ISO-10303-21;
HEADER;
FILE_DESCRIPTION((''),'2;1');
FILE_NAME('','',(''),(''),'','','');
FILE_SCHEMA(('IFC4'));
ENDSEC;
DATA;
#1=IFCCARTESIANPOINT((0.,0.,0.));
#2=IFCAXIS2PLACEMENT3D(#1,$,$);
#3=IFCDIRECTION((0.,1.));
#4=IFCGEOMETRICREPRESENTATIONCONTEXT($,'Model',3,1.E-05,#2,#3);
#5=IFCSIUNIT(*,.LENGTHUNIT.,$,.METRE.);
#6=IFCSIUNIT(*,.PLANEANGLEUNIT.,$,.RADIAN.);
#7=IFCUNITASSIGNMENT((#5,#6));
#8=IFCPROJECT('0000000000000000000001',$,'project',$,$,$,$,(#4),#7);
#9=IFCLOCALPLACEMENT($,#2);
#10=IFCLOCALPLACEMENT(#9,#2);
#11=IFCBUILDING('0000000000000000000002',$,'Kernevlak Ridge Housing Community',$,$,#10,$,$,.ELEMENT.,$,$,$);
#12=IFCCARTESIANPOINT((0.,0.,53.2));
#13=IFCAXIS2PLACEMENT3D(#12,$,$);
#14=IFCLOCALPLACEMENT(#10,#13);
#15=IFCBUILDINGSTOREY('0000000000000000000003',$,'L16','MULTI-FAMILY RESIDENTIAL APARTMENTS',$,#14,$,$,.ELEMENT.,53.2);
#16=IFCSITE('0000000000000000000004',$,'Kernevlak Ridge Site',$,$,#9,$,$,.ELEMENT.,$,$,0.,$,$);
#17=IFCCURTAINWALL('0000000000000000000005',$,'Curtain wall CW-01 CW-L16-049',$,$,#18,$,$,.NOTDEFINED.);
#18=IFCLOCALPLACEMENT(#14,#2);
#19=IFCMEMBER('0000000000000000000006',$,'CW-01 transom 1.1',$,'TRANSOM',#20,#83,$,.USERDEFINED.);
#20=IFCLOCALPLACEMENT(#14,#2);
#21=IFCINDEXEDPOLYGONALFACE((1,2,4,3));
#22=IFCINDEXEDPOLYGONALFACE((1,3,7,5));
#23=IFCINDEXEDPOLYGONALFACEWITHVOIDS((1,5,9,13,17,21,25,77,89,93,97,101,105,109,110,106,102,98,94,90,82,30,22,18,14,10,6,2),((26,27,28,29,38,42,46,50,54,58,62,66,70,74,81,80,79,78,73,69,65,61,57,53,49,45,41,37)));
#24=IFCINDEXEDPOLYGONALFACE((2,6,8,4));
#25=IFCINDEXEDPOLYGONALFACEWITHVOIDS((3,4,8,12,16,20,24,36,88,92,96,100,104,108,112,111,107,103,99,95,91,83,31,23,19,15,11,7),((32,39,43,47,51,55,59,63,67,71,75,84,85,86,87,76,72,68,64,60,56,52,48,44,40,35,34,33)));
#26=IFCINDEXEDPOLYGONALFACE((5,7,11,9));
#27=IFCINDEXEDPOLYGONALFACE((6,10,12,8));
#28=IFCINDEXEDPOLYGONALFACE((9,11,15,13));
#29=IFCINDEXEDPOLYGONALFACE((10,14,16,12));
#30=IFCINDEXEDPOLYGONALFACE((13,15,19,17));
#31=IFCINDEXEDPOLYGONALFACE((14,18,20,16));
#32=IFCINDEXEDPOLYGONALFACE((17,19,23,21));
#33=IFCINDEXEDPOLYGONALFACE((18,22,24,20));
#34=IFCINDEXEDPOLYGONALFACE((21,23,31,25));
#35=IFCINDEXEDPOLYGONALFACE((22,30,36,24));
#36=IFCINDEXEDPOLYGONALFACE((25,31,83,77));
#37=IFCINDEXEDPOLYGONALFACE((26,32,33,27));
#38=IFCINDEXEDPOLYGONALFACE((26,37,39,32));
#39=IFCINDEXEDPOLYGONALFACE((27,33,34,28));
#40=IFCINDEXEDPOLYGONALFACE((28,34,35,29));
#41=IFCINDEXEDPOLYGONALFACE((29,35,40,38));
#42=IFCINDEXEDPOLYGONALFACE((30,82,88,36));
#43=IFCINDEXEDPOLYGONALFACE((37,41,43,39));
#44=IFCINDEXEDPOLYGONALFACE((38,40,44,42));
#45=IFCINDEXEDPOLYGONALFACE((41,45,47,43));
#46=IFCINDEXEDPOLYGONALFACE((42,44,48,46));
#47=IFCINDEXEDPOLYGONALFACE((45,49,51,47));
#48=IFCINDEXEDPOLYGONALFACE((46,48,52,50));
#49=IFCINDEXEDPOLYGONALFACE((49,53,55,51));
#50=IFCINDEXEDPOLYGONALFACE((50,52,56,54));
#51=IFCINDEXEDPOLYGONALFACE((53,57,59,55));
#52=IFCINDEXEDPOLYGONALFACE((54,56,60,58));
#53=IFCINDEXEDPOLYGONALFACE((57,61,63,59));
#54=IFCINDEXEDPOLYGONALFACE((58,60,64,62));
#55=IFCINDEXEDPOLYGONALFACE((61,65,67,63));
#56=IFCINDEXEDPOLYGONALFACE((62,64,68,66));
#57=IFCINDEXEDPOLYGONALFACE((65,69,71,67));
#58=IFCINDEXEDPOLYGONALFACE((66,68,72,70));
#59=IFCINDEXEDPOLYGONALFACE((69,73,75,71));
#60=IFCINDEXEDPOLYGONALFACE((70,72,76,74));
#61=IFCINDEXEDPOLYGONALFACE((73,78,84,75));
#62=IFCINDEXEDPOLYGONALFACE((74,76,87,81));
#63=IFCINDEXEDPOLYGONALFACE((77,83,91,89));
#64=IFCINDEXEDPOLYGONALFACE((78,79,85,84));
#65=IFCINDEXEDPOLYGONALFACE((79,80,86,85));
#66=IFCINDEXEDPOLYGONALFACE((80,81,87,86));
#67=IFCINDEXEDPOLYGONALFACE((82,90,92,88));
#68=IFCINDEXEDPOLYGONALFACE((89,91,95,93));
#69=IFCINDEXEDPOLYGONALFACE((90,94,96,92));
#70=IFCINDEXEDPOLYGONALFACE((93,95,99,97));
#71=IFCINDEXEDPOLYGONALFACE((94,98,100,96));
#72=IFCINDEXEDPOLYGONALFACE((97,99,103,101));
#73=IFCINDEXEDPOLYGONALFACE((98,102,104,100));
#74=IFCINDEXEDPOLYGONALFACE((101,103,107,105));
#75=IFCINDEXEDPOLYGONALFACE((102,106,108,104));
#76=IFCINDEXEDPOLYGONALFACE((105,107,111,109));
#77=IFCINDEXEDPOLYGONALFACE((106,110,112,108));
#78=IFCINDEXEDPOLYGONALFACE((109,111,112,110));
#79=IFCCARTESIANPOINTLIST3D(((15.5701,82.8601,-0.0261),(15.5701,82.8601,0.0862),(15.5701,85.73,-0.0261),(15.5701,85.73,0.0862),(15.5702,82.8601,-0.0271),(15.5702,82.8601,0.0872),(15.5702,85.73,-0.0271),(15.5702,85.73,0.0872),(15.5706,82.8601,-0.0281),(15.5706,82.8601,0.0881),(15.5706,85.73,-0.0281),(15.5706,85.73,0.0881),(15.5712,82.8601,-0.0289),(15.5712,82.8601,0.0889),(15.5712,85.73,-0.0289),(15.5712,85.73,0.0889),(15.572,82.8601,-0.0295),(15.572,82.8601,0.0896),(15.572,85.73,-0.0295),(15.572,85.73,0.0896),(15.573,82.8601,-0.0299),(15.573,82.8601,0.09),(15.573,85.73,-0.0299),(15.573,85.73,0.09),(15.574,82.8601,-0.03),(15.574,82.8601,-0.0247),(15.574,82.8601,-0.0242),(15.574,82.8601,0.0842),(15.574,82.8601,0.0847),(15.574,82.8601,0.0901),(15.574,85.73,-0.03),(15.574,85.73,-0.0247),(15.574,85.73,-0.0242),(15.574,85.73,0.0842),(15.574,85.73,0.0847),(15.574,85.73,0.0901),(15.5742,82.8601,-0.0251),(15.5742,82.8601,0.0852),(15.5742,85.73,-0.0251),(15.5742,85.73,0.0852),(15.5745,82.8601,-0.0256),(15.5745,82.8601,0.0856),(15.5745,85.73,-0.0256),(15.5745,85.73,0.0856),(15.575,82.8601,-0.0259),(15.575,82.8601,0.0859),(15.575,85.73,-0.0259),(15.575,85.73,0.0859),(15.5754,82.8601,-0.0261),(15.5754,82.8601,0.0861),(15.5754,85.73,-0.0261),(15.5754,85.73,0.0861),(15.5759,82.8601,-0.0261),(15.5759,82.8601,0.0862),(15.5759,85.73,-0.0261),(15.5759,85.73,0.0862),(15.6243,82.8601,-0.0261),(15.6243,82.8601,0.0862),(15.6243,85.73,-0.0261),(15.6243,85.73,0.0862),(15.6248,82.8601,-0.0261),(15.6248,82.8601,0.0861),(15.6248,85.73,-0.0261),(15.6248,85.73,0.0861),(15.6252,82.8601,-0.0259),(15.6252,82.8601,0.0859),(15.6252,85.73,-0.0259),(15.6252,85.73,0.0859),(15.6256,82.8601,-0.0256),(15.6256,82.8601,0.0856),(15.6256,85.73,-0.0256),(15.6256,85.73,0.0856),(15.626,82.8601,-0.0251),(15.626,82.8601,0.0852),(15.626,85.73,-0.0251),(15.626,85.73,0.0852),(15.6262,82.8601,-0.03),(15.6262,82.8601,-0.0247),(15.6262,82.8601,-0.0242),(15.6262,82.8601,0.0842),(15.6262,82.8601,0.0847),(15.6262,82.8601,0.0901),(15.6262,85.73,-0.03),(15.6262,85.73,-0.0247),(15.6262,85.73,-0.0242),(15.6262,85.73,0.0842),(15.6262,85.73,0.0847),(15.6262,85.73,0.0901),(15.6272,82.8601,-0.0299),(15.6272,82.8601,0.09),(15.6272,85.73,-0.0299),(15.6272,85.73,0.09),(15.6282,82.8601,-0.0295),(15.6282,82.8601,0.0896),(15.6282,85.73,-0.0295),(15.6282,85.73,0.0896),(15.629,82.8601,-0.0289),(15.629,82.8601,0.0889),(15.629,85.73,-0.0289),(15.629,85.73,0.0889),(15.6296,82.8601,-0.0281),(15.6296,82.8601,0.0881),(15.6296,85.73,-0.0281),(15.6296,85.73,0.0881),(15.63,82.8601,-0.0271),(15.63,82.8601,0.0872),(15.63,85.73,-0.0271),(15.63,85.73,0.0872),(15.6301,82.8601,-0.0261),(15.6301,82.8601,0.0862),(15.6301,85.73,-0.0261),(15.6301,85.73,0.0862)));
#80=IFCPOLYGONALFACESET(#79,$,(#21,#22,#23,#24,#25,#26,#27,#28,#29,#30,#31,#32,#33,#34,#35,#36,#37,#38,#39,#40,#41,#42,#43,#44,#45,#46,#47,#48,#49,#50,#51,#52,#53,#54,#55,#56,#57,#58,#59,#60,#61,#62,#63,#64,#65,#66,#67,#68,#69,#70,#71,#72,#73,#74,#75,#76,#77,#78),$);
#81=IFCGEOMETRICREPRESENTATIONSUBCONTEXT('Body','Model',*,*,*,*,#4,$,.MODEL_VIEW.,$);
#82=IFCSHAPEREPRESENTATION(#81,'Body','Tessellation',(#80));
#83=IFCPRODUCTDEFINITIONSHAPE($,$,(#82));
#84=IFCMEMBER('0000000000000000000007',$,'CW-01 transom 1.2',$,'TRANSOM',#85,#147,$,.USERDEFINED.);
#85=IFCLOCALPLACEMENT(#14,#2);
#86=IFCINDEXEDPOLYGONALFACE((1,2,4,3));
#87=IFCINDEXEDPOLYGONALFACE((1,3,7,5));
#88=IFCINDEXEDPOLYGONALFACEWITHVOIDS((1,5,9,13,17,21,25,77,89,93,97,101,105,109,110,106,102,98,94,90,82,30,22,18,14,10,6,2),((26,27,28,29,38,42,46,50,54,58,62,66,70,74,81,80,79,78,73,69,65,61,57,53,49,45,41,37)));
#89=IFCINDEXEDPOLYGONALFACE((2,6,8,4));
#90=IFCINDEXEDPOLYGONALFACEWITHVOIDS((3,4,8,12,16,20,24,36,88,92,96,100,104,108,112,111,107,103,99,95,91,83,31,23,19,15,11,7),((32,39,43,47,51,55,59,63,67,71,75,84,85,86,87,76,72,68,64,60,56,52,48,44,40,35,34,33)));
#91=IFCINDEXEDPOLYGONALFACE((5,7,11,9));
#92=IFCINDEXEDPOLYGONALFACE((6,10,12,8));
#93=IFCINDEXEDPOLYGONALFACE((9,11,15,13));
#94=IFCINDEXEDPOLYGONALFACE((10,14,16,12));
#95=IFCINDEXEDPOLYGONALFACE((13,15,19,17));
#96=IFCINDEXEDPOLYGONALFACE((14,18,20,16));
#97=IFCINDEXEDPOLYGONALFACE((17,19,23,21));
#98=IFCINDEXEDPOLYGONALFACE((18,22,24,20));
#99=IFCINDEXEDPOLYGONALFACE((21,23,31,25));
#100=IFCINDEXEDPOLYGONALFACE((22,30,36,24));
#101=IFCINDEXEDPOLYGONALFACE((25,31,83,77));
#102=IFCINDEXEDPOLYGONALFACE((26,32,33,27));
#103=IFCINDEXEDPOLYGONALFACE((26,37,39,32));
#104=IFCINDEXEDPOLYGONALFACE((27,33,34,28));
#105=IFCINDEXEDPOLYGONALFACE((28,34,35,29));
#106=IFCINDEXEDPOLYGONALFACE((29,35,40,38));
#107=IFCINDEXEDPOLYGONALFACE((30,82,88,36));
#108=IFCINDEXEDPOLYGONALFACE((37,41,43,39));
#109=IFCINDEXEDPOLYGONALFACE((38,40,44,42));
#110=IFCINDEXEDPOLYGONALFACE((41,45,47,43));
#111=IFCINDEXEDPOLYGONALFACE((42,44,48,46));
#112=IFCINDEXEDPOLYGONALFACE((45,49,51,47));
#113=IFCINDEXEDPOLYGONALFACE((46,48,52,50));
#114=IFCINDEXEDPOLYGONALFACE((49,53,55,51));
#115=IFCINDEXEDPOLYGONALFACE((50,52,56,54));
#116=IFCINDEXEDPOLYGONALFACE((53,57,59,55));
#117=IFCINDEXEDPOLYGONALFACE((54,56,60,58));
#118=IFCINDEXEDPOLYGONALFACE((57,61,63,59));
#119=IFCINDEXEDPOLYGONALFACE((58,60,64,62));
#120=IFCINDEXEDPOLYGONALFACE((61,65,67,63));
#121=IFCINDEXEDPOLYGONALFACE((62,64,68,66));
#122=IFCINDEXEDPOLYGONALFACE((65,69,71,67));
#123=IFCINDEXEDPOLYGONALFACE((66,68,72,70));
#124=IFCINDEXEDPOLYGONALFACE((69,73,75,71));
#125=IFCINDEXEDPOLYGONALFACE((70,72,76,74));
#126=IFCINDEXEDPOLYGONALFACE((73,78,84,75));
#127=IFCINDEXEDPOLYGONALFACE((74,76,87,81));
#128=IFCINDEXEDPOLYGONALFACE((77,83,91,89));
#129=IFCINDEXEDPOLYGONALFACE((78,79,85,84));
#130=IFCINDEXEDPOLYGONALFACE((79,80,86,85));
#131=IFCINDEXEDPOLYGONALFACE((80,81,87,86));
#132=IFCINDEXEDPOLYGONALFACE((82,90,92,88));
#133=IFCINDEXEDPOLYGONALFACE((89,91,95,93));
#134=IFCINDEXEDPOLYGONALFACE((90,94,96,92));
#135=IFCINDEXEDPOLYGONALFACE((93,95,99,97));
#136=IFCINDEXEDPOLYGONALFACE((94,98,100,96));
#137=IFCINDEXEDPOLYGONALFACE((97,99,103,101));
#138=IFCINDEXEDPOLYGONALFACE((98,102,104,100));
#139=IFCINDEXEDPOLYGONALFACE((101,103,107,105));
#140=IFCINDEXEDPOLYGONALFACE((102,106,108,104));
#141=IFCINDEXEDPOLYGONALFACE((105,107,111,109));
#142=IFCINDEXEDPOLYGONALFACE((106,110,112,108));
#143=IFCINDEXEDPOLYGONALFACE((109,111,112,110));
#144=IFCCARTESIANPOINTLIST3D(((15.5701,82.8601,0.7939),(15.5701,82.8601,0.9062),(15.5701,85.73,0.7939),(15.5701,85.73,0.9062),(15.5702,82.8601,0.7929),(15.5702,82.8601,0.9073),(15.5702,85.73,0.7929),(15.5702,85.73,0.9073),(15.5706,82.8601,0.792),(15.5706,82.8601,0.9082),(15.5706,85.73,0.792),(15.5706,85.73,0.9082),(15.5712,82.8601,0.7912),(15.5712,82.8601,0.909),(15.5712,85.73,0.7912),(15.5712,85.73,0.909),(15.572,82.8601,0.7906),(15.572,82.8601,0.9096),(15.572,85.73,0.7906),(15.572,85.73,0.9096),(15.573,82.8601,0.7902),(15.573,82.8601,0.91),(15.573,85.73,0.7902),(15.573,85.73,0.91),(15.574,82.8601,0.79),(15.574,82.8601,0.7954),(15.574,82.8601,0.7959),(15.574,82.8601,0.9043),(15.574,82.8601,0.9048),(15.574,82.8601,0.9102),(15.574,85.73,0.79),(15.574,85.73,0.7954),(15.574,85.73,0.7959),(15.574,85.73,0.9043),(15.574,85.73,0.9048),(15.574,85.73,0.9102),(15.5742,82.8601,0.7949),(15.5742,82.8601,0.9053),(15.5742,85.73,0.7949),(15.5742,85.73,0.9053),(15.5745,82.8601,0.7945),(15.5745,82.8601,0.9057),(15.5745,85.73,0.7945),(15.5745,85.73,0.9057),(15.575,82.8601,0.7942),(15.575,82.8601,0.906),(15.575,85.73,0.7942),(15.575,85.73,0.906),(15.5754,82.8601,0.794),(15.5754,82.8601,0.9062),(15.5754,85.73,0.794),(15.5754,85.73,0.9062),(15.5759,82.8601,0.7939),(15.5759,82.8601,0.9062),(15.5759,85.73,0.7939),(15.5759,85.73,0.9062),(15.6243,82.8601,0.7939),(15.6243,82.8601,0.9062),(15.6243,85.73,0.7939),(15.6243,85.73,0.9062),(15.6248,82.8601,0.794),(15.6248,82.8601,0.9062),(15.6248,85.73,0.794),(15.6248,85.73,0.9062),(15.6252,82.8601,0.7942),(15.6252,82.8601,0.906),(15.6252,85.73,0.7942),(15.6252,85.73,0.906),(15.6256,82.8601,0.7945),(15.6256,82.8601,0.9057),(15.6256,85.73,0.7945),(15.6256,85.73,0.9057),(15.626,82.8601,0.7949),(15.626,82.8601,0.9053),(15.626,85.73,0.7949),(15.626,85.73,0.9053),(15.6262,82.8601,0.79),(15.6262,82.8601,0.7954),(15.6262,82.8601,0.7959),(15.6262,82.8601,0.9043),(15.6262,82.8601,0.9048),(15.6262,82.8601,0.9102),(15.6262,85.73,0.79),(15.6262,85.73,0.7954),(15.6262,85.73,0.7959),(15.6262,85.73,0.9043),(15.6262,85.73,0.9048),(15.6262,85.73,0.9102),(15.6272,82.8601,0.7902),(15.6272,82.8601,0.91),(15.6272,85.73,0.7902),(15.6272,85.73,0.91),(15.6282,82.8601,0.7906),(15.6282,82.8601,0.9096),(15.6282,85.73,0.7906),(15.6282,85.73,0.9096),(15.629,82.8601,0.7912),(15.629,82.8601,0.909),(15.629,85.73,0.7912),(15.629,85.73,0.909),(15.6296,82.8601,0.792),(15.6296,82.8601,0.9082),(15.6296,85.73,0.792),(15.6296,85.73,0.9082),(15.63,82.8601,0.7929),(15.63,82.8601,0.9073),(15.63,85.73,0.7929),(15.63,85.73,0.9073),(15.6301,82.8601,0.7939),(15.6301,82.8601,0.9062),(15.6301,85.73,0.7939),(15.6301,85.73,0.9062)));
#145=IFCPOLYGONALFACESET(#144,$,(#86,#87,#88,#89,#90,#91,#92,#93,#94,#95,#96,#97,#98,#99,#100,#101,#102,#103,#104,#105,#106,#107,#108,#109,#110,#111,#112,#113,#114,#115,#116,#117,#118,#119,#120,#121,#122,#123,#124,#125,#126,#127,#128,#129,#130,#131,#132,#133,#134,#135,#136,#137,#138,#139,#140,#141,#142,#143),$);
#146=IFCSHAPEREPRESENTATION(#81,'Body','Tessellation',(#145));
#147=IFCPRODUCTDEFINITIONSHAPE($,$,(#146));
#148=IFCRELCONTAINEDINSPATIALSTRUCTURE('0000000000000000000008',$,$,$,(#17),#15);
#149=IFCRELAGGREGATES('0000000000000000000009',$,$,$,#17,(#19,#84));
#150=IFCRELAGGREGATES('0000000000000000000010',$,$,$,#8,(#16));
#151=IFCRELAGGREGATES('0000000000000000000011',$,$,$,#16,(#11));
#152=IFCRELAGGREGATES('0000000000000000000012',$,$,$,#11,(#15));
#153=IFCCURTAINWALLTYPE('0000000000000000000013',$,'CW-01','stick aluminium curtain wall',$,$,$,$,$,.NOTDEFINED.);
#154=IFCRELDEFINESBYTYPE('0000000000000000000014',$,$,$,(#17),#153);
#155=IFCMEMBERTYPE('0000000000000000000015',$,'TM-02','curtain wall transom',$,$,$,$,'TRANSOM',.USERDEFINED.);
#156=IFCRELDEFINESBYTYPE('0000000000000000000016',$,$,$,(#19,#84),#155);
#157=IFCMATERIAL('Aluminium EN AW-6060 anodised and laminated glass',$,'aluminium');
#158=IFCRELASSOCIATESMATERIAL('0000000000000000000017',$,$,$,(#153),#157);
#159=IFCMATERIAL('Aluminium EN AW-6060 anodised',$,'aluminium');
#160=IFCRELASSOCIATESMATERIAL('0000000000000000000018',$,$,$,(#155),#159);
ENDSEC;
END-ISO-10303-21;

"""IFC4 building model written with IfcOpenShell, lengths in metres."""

from ifc_helpers import new_model, si_unit, direction, frame, origin, origin_2d, place, context, subcontext, project, spatial, hollow_rectangle, extrude, material, material_profile, profile_set, type_object, element, aggregate, save


model = new_model("IFC4")

# Units and contexts
model_context = context("Model", 3, precision=1e-05, world=origin(), true_north=direction((0.0, 1.0)))
body_context = subcontext(model_context, "Body", "Model", "MODEL_VIEW")
ifc_project = project(units=[si_unit("LENGTHUNIT", "METRE"), si_unit("PLANEANGLEUNIT", "RADIAN")], contexts=[model_context])

# Site, building, storey
site_placement = place(None, origin())
site = spatial("IfcSite", under=ifc_project, at=site_placement, Name="Kernevlak Ridge Site", CompositionType="ELEMENT", RefElevation=0.0)
building_placement = place(site_placement, origin())
building = spatial("IfcBuilding", under=site, at=building_placement, Name="Kernevlak Ridge Housing Community", CompositionType="ELEMENT")
storey_placement = place(building_placement, frame((0.0, 0.0, 53.2)))
storey = spatial("IfcBuildingStorey", under=building, at=storey_placement, Name="L16", Description="MULTI-FAMILY RESIDENTIAL APARTMENTS", CompositionType="ELEMENT", Elevation=53.2)

# Curtain wall
ifc_material_1 = material(Name="Aluminium EN AW-6060 anodised and laminated glass", Category="aluminium")
curtain_wall_type = type_object("IfcCurtainWallType", Name="CW-01", Description="stick aluminium curtain wall", PredefinedType="NOTDEFINED", material=ifc_material_1)
curtain_wall_placement = place(storey_placement, origin())
curtain_wall = element("IfcCurtainWall", 1, at=curtain_wall_placement, inside=storey, type_object=curtain_wall_type, Name="Curtain wall CW-01 CW-L16-049", PredefinedType="NOTDEFINED")
ifc_material_2 = material(Name="Aluminium EN AW-6060 anodised", Category="aluminium")

# Members
ifc_material_profile_1 = material_profile(ifc_material_2, hollow_rectangle(XDim=0.0601, YDim=0.1201, WallThickness=0.0039, InnerFilletRadius=0.002, OuterFilletRadius=0.0039, at=origin_2d()), Name="ALU 60x120x4")
ifc_profile_set_1 = profile_set([ifc_material_profile_1], Name="Aluminium EN AW-6060 anodised")
member_type_1 = type_object("IfcMemberType", Name="TM-02", Description="curtain wall transom", ElementType="TRANSOM", PredefinedType="USERDEFINED", material=ifc_profile_set_1)
member_1_placement = place(storey_placement, frame((15.6001, 82.8601, 0.03), z_axis=(0.0, 1.0, 0.0), x_axis=(-1.0, 0.0, 0.0)))
member_1 = element("IfcMember", 2, at=member_1_placement, type_object=member_type_1, Name="CW-01 transom 1.1", ObjectType="TRANSOM", PredefinedType="USERDEFINED", context=body_context, shape_type="SweptSolid", body=[
    extrude(hollow_rectangle(XDim=0.0601, YDim=0.1201, WallThickness=0.0039, InnerFilletRadius=0.002, OuterFilletRadius=0.0039, at=origin_2d()), origin(), (0.0, 0.0, 1.0), 2.8699),
])
member_2_placement = place(storey_placement, frame((15.6001, 82.8601, 0.8501), z_axis=(0.0, 1.0, 0.0), x_axis=(-1.0, 0.0, 0.0)))
member_2 = element("IfcMember", 3, at=member_2_placement, type_object=member_type_1, Name="CW-01 transom 1.2", ObjectType="TRANSOM", PredefinedType="USERDEFINED", context=body_context, shape_type="SweptSolid", body=[
    extrude(hollow_rectangle(XDim=0.0601, YDim=0.1201, WallThickness=0.0039, InnerFilletRadius=0.002, OuterFilletRadius=0.0039, at=origin_2d()), origin(), (0.0, 0.0, 1.0), 2.8699),
])

aggregate(curtain_wall, [member_1, member_2])

save(model, "model.ifc")
